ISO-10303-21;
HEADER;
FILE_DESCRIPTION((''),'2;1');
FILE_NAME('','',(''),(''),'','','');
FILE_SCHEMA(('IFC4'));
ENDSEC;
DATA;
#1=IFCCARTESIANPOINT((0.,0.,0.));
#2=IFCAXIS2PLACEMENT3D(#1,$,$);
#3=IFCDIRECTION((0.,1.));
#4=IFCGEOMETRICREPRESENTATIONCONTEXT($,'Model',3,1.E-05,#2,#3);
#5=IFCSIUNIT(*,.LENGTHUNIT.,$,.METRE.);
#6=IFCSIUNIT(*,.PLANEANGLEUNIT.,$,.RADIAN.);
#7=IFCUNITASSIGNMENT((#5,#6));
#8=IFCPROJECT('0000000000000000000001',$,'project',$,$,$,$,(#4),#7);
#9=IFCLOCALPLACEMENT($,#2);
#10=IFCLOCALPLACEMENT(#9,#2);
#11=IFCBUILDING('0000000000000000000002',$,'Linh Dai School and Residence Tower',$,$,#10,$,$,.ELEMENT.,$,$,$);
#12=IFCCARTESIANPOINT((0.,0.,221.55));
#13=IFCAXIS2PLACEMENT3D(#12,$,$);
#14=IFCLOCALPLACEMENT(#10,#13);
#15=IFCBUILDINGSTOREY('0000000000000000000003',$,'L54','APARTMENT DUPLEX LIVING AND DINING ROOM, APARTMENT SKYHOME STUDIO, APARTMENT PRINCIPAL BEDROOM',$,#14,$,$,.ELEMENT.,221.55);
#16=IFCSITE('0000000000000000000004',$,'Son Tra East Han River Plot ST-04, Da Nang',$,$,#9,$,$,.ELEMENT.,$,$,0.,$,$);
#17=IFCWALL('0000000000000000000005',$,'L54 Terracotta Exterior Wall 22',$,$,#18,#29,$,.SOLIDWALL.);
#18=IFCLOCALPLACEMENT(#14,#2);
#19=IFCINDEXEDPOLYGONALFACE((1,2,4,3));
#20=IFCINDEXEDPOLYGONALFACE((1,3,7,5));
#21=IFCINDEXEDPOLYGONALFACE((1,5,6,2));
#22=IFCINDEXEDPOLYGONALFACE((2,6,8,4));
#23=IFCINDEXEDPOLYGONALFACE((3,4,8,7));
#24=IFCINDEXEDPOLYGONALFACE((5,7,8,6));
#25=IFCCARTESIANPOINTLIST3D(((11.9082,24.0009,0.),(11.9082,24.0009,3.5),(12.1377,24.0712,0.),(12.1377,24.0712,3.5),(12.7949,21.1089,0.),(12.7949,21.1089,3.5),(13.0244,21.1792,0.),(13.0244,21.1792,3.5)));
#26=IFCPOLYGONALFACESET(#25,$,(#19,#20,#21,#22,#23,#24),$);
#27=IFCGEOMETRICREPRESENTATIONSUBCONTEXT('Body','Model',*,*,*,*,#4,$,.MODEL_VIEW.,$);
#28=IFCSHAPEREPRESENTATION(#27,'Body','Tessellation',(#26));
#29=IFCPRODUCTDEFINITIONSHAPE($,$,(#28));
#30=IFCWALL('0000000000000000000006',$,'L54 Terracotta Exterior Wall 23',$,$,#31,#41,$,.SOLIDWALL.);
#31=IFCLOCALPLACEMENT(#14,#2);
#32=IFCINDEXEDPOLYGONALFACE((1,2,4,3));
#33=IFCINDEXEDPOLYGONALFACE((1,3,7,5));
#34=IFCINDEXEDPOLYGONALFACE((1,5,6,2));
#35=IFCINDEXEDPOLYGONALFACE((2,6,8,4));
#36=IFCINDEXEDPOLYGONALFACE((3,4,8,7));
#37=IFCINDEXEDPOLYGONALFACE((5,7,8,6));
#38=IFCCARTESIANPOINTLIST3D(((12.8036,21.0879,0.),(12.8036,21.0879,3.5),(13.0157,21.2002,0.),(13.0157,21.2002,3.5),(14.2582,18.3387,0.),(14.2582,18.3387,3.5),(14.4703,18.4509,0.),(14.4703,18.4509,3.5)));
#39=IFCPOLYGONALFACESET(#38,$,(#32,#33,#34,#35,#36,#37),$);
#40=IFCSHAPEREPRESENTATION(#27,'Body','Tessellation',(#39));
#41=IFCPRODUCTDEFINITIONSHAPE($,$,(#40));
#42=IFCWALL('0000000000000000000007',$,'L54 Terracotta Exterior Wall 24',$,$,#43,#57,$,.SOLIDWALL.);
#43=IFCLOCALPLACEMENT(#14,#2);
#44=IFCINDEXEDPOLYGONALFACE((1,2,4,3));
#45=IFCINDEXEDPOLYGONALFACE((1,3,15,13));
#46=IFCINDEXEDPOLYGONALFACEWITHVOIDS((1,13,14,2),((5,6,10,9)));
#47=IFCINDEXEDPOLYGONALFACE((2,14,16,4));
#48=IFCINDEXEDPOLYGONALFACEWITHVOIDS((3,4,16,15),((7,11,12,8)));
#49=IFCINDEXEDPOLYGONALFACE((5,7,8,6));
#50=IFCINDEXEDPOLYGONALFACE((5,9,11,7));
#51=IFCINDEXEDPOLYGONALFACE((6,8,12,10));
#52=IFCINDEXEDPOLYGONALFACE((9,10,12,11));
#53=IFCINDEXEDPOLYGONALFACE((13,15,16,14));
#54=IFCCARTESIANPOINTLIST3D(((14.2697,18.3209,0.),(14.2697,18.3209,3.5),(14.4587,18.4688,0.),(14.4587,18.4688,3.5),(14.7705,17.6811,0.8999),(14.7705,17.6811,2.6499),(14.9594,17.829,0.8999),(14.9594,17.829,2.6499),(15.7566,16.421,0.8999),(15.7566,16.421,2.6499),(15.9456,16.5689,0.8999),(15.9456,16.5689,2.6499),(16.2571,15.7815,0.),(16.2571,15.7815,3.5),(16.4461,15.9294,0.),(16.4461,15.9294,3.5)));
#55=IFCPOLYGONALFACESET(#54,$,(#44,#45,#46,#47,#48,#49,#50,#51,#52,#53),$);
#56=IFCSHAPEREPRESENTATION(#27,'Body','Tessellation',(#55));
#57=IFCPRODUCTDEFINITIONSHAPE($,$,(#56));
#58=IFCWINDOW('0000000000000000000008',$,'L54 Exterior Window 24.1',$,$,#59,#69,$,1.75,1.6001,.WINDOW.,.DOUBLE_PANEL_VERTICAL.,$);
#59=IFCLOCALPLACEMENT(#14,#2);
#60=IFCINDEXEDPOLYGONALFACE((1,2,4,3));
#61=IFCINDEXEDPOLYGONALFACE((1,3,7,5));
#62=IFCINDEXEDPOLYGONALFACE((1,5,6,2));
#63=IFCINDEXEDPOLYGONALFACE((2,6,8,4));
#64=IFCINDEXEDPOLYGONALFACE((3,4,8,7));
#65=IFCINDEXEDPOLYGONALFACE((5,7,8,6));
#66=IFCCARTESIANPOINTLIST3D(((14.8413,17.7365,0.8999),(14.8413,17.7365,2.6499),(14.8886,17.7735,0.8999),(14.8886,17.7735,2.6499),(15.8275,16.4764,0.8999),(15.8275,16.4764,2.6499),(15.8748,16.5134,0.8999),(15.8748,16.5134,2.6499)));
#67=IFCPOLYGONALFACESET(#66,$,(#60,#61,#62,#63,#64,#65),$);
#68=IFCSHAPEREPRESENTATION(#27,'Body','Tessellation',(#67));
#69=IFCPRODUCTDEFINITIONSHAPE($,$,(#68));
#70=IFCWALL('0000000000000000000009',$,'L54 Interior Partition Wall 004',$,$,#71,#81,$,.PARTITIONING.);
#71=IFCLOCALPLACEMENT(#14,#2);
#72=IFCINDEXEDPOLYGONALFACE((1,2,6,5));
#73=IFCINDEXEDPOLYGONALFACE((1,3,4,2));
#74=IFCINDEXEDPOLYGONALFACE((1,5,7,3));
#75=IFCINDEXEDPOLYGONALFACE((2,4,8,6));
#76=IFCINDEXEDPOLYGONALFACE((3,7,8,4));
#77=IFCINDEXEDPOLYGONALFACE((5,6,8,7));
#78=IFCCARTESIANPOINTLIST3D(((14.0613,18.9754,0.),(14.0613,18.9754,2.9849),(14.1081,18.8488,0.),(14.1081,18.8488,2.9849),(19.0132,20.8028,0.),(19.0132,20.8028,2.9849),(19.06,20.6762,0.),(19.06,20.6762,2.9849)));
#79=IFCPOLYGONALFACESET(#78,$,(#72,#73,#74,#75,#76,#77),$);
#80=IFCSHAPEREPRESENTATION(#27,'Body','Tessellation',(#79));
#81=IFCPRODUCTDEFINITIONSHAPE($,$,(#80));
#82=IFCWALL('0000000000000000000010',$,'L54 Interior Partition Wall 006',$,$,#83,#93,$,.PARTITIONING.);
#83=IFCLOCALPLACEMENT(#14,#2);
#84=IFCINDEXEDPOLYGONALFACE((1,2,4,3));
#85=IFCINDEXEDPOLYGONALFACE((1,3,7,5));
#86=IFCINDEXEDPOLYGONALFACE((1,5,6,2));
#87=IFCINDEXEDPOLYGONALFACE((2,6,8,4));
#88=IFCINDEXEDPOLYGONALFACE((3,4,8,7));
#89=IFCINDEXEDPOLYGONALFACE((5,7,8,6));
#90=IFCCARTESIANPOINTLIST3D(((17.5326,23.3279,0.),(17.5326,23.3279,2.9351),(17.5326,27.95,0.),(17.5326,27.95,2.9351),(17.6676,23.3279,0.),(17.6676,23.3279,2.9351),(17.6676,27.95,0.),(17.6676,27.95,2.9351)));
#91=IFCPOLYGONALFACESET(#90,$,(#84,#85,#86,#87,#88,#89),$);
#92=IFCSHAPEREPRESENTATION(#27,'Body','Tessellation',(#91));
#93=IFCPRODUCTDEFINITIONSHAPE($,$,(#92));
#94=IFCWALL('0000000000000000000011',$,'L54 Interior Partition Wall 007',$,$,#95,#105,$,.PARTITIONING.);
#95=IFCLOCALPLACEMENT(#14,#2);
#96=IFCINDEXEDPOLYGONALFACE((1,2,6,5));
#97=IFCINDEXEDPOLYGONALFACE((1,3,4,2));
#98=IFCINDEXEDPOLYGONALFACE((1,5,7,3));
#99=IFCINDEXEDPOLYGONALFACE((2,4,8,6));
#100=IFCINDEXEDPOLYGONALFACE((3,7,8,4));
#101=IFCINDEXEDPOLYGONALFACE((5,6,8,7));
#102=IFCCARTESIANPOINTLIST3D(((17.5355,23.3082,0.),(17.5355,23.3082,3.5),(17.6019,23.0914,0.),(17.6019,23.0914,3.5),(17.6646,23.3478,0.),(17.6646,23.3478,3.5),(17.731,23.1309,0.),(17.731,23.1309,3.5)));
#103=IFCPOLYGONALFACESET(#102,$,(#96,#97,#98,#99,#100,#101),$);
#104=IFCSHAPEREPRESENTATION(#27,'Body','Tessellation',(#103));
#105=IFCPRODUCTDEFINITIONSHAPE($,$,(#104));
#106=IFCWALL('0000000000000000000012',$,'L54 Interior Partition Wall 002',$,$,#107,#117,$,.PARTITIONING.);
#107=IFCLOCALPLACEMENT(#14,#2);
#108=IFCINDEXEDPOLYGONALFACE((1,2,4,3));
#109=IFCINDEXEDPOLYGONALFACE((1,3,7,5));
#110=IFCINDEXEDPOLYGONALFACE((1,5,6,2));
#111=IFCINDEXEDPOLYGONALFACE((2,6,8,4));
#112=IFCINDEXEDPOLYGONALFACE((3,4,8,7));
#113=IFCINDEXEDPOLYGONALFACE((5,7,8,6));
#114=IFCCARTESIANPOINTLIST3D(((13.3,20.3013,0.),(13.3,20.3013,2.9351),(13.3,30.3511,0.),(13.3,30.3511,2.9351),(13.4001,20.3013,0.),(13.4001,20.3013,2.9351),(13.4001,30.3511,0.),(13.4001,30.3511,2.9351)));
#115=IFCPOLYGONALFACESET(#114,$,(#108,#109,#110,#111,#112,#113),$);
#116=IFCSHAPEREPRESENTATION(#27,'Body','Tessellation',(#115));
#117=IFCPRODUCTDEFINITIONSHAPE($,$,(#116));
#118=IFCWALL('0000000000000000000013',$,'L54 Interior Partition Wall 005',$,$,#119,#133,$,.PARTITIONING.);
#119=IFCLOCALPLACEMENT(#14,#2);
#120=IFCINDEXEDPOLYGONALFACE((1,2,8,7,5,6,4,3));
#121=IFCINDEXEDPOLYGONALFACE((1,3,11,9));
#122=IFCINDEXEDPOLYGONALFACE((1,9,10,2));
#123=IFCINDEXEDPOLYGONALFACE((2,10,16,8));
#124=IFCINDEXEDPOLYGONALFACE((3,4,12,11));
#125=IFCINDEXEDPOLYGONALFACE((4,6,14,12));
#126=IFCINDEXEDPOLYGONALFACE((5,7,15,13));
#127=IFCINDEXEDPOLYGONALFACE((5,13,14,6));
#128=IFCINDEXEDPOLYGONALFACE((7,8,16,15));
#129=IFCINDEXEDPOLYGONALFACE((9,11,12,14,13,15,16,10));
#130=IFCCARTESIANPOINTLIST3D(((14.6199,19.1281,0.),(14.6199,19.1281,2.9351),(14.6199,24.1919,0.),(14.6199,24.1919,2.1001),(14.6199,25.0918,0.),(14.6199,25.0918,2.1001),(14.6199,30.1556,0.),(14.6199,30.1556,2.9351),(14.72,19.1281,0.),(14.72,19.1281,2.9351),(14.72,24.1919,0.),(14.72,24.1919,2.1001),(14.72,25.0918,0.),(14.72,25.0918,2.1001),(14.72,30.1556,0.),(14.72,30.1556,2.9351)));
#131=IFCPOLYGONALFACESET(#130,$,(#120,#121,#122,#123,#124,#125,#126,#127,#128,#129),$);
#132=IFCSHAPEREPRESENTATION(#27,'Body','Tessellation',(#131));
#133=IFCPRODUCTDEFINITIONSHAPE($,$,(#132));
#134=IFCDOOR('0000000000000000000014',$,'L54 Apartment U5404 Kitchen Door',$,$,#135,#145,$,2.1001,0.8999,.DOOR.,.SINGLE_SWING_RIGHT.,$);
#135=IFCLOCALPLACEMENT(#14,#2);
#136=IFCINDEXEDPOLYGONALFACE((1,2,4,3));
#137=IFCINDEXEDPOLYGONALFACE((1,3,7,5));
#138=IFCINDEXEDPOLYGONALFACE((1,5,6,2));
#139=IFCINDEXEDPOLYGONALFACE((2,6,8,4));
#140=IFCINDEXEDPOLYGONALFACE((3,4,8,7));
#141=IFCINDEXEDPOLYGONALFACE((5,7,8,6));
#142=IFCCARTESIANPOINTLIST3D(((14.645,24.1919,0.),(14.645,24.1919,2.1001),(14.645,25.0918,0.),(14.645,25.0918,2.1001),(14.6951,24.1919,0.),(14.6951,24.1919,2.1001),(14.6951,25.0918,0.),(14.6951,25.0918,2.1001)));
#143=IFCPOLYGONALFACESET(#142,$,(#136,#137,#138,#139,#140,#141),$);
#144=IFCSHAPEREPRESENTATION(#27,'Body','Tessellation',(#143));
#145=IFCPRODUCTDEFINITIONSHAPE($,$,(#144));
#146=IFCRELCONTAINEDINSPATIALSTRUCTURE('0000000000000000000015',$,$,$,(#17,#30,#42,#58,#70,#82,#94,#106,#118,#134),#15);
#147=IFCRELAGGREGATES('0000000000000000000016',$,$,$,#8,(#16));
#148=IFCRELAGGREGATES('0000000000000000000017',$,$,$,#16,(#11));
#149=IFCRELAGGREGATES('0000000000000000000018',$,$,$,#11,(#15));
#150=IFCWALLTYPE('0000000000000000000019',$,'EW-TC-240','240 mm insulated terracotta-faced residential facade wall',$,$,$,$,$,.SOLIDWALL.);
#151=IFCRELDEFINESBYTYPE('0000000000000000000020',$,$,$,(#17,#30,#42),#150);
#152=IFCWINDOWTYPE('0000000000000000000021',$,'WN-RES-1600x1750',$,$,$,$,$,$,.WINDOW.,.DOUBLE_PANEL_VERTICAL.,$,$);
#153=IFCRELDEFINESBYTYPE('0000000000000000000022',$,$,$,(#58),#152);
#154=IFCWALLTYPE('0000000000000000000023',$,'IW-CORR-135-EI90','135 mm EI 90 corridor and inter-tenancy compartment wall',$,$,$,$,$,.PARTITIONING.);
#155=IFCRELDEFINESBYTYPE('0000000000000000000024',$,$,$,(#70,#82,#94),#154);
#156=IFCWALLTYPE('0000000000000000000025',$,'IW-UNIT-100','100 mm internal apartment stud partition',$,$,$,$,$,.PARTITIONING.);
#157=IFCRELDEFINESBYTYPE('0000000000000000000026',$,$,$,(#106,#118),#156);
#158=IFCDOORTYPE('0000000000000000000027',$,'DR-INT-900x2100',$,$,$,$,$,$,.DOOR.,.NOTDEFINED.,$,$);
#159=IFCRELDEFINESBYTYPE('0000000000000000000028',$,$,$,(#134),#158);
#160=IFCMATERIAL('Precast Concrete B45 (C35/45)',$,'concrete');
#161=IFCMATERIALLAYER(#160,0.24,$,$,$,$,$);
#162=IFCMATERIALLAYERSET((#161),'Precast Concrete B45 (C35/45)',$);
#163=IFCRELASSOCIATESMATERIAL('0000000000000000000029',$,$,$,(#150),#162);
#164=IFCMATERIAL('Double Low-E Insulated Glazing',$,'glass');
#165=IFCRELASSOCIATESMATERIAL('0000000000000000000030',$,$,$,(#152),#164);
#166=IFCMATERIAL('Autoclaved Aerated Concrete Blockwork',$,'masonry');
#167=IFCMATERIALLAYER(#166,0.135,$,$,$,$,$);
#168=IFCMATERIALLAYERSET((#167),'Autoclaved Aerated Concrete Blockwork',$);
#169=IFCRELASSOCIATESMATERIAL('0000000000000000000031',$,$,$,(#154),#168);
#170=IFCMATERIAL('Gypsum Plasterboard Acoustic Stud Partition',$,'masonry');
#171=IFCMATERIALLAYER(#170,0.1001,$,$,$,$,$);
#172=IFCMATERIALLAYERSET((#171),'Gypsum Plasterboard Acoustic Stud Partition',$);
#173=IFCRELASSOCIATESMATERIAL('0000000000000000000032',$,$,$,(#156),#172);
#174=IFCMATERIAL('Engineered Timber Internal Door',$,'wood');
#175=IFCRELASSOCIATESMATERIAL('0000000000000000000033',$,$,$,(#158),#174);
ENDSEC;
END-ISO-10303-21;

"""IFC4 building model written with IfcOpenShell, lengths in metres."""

from ifc_helpers import new_model, si_unit, direction, frame, frame_2d, origin, origin_2d, place, context, subcontext, project, spatial, rectangle, extrude, source, transform, mapped, material, layer, layer_set, type_object, element, fill, save


model = new_model("IFC4")

# Units and contexts
model_context = context("Model", 3, precision=1e-05, world=origin(), true_north=direction((0.0, 1.0)))
body_context = subcontext(model_context, "Body", "Model", "MODEL_VIEW")
ifc_project = project(units=[si_unit("LENGTHUNIT", "METRE"), si_unit("PLANEANGLEUNIT", "RADIAN")], contexts=[model_context])

# Site, building, storey
site_placement = place(None, origin())
site = spatial("IfcSite", under=ifc_project, at=site_placement, Name="Son Tra East Han River Plot ST-04, Da Nang", CompositionType="ELEMENT", RefElevation=0.0)
building_placement = place(site_placement, origin())
building = spatial("IfcBuilding", under=site, at=building_placement, Name="Linh Dai School and Residence Tower", CompositionType="ELEMENT")
storey_placement = place(building_placement, frame((0.0, 0.0, 221.55)))
storey = spatial("IfcBuildingStorey", under=building, at=storey_placement, Name="L54", Description="APARTMENT DUPLEX LIVING AND DINING ROOM, APARTMENT SKYHOME STUDIO, APARTMENT PRINCIPAL BEDROOM", CompositionType="ELEMENT", Elevation=221.55)

# Shared definitions
ifc_material_1 = material(Name="Precast Concrete B45 (C35/45)", Category="concrete")

# Walls
ifc_layer_1 = layer(ifc_material_1, 0.24)
ifc_layer_set_1 = layer_set([ifc_layer_1], Name="Precast Concrete B45 (C35/45)")
wall_type_1 = type_object("IfcWallType", Name="EW-TC-240", Description="240 mm insulated terracotta-faced residential facade wall", PredefinedType="SOLIDWALL", material=ifc_layer_set_1)
wall_1_placement = place(storey_placement, frame((12.9097, 21.144, 0.0), z_axis=(0.0, 0.0, 1.0), x_axis=(-0.293133, 0.956072, 0.0)))
element("IfcWall", 1, at=wall_1_placement, inside=storey, type_object=wall_type_1, Name="L54 Terracotta Exterior Wall 22", PredefinedType="SOLIDWALL", context=body_context, shape_type="SweptSolid", body=[
    extrude(rectangle(XDim=3.0249, YDim=0.24, at=frame_2d((1.5125, 0.0))), origin(), (0.0, 0.0, 1.0), 3.5),
])
wall_2_placement = place(storey_placement, frame((14.3643, 18.3948, 0.0), z_axis=(0.0, 0.0, 1.0), x_axis=(-0.46766, 0.883908, 0.0)))
element("IfcWall", 2, at=wall_2_placement, inside=storey, type_object=wall_type_1, Name="L54 Terracotta Exterior Wall 23", PredefinedType="SOLIDWALL", context=body_context, shape_type="SweptSolid", body=[
    extrude(rectangle(XDim=3.1104, YDim=0.24, at=frame_2d((1.5552, 0.0))), origin(), (0.0, 0.0, 1.0), 3.5),
])

# Wall, opening, window
wall_3_placement = place(storey_placement, frame((16.3516, 15.8555, 0.0), z_axis=(0.0, 0.0, 1.0), x_axis=(-0.616312, 0.787502, 0.0)))
wall_3 = element("IfcWall", 3, at=wall_3_placement, inside=storey, type_object=wall_type_1, Name="L54 Terracotta Exterior Wall 24", PredefinedType="SOLIDWALL", context=body_context, shape_type="SweptSolid", body=[
    extrude(rectangle(XDim=3.2246, YDim=0.24, at=frame_2d((1.6123, 0.0))), origin(), (0.0, 0.0, 1.0), 3.5),
])
opening_1_placement = place(wall_3_placement, frame((0.812, 0.0, 0.8999)))
opening_1 = element("IfcOpeningElement", 4, at=opening_1_placement, cuts=wall_3, PredefinedType="OPENING", context=body_context, shape_type="SweptSolid", body=[
    extrude(rectangle(XDim=1.6001, YDim=1.75, at=origin_2d()), frame((0.8, 0.1299, 0.875), z_axis=(0.0, -1.0, 0.0), x_axis=(1.0, 0.0, 0.0)), (0.0, 0.0, 1.0), 0.26),
])
ifc_material_2 = material(Name="Double Low-E Insulated Glazing", Category="glass")
window_type = type_object("IfcWindowType", Name="WN-RES-1600x1750", PartitioningType="DOUBLE_PANEL_VERTICAL", PredefinedType="WINDOW", material=ifc_material_2)
shared_shape_1 = source(origin(), body_context, "Body", "SweptSolid", [
    extrude(rectangle(XDim=1.6001, YDim=1.75, at=origin_2d()), frame((0.8, 0.03, 0.875), z_axis=(0.0, -1.0, 0.0), x_axis=(1.0, 0.0, 0.0)), (0.0, 0.0, 1.0), 0.0601),
])
window_placement = place(opening_1_placement, origin())
window = element("IfcWindow", 5, at=window_placement, inside=storey, type_object=window_type, Name="L54 Exterior Window 24.1", OverallHeight=1.75, OverallWidth=1.6001, PartitioningType="DOUBLE_PANEL_VERTICAL", PredefinedType="WINDOW", context=body_context, shape_type="MappedRepresentation", body=[
    mapped(shared_shape_1, transform((0.0, 0.0, 0.0), x_axis=(1.0, 0.0, 0.0), y_axis=(0.0, 1.0, 0.0), z_axis=(0.0, 0.0, 1.0), scale=1.0)),
])
fill(opening_1, window)

# Walls
ifc_material_3 = material(Name="Autoclaved Aerated Concrete Blockwork", Category="masonry")
ifc_layer_2 = layer(ifc_material_3, 0.135)
ifc_layer_set_2 = layer_set([ifc_layer_2], Name="Autoclaved Aerated Concrete Blockwork")
wall_type_2 = type_object("IfcWallType", Name="IW-CORR-135-EI90", Description="135 mm EI 90 corridor and inter-tenancy compartment wall", PredefinedType="PARTITIONING", material=ifc_layer_set_2)
wall_4_placement = place(storey_placement, frame((14.0847, 18.9121, 0.0), z_axis=(0.0, 0.0, 1.0), x_axis=(0.938158, 0.346207, 0.0)))
element("IfcWall", 6, at=wall_4_placement, inside=storey, type_object=wall_type_2, Name="L54 Interior Partition Wall 004", PredefinedType="PARTITIONING", context=body_context, shape_type="SweptSolid", body=[
    extrude(rectangle(XDim=5.2783, YDim=0.135, at=frame_2d((2.6392, 0.0))), origin(), (0.0, 0.0, 1.0), 2.9849),
])
wall_5_placement = place(storey_placement, frame((17.6001, 23.3279, 0.0), z_axis=(0.0, 0.0, 1.0), x_axis=(0.0, 1.0, 0.0)))
element("IfcWall", 7, at=wall_5_placement, inside=storey, type_object=wall_type_2, Name="L54 Interior Partition Wall 006", PredefinedType="PARTITIONING", context=body_context, shape_type="SweptSolid", body=[
    extrude(rectangle(XDim=4.6221, YDim=0.135, at=frame_2d((2.311, 0.0))), origin(), (0.0, 0.0, 1.0), 2.9351),
])
wall_6_placement = place(storey_placement, frame((17.6001, 23.3279, 0.0), z_axis=(0.0, 0.0, 1.0), x_axis=(0.292875, -0.956151, 0.0)))
element("IfcWall", 8, at=wall_6_placement, inside=storey, type_object=wall_type_2, Name="L54 Interior Partition Wall 007", PredefinedType="PARTITIONING", context=body_context, shape_type="SweptSolid", body=[
    extrude(rectangle(XDim=0.2268, YDim=0.135, at=frame_2d((0.1133, 0.0))), origin(), (0.0, 0.0, 1.0), 3.5),
])
ifc_material_4 = material(Name="Gypsum Plasterboard Acoustic Stud Partition", Category="masonry")
ifc_layer_3 = layer(ifc_material_4, 0.1001)
ifc_layer_set_3 = layer_set([ifc_layer_3], Name="Gypsum Plasterboard Acoustic Stud Partition")
wall_type_3 = type_object("IfcWallType", Name="IW-UNIT-100", Description="100 mm internal apartment stud partition", PredefinedType="PARTITIONING", material=ifc_layer_set_3)
wall_7_placement = place(storey_placement, frame((13.3501, 20.3013, 0.0), z_axis=(0.0, 0.0, 1.0), x_axis=(0.0, 1.0, 0.0)))
element("IfcWall", 9, at=wall_7_placement, inside=storey, type_object=wall_type_3, Name="L54 Interior Partition Wall 002", PredefinedType="PARTITIONING", context=body_context, shape_type="SweptSolid", body=[
    extrude(rectangle(XDim=10.0498, YDim=0.1001, at=frame_2d((5.0249, 0.0))), origin(), (0.0, 0.0, 1.0), 2.9351),
])

# Wall, opening, door
wall_8_placement = place(storey_placement, frame((14.6699, 19.1282, 0.0), z_axis=(0.0, 0.0, 1.0), x_axis=(0.0, 1.0, 0.0)))
wall_8 = element("IfcWall", 10, at=wall_8_placement, inside=storey, type_object=wall_type_3, Name="L54 Interior Partition Wall 005", PredefinedType="PARTITIONING", context=body_context, shape_type="SweptSolid", body=[
    extrude(rectangle(XDim=11.0276, YDim=0.1001, at=frame_2d((5.5137, 0.0))), origin(), (0.0, 0.0, 1.0), 2.9351),
])
opening_2_placement = place(wall_8_placement, frame((5.0637, 0.0, 0.0)))
opening_2 = element("IfcOpeningElement", 11, at=opening_2_placement, cuts=wall_8, PredefinedType="OPENING", context=body_context, shape_type="SweptSolid", body=[
    extrude(rectangle(XDim=0.8999, YDim=2.1001, at=origin_2d()), frame((0.45, 0.0601, 1.05), z_axis=(0.0, -1.0, 0.0), x_axis=(1.0, 0.0, 0.0)), (0.0, 0.0, 1.0), 0.1201),
])
ifc_material_5 = material(Name="Engineered Timber Internal Door", Category="wood")
door_type = type_object("IfcDoorType", Name="DR-INT-900x2100", OperationType="NOTDEFINED", PredefinedType="DOOR", material=ifc_material_5)
shared_shape_2 = source(origin(), body_context, "Body", "SweptSolid", [
    extrude(rectangle(XDim=0.8999, YDim=2.1001, at=origin_2d()), frame((0.45, 0.0249, 1.05), z_axis=(0.0, -1.0, 0.0), x_axis=(1.0, 0.0, 0.0)), (0.0, 0.0, 1.0), 0.05),
])
door_placement = place(opening_2_placement, origin())
door = element("IfcDoor", 12, at=door_placement, inside=storey, type_object=door_type, Name="L54 Apartment U5404 Kitchen Door", OperationType="SINGLE_SWING_RIGHT", OverallHeight=2.1001, OverallWidth=0.8999, PredefinedType="DOOR", context=body_context, shape_type="MappedRepresentation", body=[
    mapped(shared_shape_2, transform((0.0, 0.0, 0.0), x_axis=(1.0, 0.0, 0.0), y_axis=(0.0, 1.0, 0.0), z_axis=(0.0, 0.0, 1.0), scale=1.0)),
])
fill(opening_2, door)

save(model, "model.ifc")
